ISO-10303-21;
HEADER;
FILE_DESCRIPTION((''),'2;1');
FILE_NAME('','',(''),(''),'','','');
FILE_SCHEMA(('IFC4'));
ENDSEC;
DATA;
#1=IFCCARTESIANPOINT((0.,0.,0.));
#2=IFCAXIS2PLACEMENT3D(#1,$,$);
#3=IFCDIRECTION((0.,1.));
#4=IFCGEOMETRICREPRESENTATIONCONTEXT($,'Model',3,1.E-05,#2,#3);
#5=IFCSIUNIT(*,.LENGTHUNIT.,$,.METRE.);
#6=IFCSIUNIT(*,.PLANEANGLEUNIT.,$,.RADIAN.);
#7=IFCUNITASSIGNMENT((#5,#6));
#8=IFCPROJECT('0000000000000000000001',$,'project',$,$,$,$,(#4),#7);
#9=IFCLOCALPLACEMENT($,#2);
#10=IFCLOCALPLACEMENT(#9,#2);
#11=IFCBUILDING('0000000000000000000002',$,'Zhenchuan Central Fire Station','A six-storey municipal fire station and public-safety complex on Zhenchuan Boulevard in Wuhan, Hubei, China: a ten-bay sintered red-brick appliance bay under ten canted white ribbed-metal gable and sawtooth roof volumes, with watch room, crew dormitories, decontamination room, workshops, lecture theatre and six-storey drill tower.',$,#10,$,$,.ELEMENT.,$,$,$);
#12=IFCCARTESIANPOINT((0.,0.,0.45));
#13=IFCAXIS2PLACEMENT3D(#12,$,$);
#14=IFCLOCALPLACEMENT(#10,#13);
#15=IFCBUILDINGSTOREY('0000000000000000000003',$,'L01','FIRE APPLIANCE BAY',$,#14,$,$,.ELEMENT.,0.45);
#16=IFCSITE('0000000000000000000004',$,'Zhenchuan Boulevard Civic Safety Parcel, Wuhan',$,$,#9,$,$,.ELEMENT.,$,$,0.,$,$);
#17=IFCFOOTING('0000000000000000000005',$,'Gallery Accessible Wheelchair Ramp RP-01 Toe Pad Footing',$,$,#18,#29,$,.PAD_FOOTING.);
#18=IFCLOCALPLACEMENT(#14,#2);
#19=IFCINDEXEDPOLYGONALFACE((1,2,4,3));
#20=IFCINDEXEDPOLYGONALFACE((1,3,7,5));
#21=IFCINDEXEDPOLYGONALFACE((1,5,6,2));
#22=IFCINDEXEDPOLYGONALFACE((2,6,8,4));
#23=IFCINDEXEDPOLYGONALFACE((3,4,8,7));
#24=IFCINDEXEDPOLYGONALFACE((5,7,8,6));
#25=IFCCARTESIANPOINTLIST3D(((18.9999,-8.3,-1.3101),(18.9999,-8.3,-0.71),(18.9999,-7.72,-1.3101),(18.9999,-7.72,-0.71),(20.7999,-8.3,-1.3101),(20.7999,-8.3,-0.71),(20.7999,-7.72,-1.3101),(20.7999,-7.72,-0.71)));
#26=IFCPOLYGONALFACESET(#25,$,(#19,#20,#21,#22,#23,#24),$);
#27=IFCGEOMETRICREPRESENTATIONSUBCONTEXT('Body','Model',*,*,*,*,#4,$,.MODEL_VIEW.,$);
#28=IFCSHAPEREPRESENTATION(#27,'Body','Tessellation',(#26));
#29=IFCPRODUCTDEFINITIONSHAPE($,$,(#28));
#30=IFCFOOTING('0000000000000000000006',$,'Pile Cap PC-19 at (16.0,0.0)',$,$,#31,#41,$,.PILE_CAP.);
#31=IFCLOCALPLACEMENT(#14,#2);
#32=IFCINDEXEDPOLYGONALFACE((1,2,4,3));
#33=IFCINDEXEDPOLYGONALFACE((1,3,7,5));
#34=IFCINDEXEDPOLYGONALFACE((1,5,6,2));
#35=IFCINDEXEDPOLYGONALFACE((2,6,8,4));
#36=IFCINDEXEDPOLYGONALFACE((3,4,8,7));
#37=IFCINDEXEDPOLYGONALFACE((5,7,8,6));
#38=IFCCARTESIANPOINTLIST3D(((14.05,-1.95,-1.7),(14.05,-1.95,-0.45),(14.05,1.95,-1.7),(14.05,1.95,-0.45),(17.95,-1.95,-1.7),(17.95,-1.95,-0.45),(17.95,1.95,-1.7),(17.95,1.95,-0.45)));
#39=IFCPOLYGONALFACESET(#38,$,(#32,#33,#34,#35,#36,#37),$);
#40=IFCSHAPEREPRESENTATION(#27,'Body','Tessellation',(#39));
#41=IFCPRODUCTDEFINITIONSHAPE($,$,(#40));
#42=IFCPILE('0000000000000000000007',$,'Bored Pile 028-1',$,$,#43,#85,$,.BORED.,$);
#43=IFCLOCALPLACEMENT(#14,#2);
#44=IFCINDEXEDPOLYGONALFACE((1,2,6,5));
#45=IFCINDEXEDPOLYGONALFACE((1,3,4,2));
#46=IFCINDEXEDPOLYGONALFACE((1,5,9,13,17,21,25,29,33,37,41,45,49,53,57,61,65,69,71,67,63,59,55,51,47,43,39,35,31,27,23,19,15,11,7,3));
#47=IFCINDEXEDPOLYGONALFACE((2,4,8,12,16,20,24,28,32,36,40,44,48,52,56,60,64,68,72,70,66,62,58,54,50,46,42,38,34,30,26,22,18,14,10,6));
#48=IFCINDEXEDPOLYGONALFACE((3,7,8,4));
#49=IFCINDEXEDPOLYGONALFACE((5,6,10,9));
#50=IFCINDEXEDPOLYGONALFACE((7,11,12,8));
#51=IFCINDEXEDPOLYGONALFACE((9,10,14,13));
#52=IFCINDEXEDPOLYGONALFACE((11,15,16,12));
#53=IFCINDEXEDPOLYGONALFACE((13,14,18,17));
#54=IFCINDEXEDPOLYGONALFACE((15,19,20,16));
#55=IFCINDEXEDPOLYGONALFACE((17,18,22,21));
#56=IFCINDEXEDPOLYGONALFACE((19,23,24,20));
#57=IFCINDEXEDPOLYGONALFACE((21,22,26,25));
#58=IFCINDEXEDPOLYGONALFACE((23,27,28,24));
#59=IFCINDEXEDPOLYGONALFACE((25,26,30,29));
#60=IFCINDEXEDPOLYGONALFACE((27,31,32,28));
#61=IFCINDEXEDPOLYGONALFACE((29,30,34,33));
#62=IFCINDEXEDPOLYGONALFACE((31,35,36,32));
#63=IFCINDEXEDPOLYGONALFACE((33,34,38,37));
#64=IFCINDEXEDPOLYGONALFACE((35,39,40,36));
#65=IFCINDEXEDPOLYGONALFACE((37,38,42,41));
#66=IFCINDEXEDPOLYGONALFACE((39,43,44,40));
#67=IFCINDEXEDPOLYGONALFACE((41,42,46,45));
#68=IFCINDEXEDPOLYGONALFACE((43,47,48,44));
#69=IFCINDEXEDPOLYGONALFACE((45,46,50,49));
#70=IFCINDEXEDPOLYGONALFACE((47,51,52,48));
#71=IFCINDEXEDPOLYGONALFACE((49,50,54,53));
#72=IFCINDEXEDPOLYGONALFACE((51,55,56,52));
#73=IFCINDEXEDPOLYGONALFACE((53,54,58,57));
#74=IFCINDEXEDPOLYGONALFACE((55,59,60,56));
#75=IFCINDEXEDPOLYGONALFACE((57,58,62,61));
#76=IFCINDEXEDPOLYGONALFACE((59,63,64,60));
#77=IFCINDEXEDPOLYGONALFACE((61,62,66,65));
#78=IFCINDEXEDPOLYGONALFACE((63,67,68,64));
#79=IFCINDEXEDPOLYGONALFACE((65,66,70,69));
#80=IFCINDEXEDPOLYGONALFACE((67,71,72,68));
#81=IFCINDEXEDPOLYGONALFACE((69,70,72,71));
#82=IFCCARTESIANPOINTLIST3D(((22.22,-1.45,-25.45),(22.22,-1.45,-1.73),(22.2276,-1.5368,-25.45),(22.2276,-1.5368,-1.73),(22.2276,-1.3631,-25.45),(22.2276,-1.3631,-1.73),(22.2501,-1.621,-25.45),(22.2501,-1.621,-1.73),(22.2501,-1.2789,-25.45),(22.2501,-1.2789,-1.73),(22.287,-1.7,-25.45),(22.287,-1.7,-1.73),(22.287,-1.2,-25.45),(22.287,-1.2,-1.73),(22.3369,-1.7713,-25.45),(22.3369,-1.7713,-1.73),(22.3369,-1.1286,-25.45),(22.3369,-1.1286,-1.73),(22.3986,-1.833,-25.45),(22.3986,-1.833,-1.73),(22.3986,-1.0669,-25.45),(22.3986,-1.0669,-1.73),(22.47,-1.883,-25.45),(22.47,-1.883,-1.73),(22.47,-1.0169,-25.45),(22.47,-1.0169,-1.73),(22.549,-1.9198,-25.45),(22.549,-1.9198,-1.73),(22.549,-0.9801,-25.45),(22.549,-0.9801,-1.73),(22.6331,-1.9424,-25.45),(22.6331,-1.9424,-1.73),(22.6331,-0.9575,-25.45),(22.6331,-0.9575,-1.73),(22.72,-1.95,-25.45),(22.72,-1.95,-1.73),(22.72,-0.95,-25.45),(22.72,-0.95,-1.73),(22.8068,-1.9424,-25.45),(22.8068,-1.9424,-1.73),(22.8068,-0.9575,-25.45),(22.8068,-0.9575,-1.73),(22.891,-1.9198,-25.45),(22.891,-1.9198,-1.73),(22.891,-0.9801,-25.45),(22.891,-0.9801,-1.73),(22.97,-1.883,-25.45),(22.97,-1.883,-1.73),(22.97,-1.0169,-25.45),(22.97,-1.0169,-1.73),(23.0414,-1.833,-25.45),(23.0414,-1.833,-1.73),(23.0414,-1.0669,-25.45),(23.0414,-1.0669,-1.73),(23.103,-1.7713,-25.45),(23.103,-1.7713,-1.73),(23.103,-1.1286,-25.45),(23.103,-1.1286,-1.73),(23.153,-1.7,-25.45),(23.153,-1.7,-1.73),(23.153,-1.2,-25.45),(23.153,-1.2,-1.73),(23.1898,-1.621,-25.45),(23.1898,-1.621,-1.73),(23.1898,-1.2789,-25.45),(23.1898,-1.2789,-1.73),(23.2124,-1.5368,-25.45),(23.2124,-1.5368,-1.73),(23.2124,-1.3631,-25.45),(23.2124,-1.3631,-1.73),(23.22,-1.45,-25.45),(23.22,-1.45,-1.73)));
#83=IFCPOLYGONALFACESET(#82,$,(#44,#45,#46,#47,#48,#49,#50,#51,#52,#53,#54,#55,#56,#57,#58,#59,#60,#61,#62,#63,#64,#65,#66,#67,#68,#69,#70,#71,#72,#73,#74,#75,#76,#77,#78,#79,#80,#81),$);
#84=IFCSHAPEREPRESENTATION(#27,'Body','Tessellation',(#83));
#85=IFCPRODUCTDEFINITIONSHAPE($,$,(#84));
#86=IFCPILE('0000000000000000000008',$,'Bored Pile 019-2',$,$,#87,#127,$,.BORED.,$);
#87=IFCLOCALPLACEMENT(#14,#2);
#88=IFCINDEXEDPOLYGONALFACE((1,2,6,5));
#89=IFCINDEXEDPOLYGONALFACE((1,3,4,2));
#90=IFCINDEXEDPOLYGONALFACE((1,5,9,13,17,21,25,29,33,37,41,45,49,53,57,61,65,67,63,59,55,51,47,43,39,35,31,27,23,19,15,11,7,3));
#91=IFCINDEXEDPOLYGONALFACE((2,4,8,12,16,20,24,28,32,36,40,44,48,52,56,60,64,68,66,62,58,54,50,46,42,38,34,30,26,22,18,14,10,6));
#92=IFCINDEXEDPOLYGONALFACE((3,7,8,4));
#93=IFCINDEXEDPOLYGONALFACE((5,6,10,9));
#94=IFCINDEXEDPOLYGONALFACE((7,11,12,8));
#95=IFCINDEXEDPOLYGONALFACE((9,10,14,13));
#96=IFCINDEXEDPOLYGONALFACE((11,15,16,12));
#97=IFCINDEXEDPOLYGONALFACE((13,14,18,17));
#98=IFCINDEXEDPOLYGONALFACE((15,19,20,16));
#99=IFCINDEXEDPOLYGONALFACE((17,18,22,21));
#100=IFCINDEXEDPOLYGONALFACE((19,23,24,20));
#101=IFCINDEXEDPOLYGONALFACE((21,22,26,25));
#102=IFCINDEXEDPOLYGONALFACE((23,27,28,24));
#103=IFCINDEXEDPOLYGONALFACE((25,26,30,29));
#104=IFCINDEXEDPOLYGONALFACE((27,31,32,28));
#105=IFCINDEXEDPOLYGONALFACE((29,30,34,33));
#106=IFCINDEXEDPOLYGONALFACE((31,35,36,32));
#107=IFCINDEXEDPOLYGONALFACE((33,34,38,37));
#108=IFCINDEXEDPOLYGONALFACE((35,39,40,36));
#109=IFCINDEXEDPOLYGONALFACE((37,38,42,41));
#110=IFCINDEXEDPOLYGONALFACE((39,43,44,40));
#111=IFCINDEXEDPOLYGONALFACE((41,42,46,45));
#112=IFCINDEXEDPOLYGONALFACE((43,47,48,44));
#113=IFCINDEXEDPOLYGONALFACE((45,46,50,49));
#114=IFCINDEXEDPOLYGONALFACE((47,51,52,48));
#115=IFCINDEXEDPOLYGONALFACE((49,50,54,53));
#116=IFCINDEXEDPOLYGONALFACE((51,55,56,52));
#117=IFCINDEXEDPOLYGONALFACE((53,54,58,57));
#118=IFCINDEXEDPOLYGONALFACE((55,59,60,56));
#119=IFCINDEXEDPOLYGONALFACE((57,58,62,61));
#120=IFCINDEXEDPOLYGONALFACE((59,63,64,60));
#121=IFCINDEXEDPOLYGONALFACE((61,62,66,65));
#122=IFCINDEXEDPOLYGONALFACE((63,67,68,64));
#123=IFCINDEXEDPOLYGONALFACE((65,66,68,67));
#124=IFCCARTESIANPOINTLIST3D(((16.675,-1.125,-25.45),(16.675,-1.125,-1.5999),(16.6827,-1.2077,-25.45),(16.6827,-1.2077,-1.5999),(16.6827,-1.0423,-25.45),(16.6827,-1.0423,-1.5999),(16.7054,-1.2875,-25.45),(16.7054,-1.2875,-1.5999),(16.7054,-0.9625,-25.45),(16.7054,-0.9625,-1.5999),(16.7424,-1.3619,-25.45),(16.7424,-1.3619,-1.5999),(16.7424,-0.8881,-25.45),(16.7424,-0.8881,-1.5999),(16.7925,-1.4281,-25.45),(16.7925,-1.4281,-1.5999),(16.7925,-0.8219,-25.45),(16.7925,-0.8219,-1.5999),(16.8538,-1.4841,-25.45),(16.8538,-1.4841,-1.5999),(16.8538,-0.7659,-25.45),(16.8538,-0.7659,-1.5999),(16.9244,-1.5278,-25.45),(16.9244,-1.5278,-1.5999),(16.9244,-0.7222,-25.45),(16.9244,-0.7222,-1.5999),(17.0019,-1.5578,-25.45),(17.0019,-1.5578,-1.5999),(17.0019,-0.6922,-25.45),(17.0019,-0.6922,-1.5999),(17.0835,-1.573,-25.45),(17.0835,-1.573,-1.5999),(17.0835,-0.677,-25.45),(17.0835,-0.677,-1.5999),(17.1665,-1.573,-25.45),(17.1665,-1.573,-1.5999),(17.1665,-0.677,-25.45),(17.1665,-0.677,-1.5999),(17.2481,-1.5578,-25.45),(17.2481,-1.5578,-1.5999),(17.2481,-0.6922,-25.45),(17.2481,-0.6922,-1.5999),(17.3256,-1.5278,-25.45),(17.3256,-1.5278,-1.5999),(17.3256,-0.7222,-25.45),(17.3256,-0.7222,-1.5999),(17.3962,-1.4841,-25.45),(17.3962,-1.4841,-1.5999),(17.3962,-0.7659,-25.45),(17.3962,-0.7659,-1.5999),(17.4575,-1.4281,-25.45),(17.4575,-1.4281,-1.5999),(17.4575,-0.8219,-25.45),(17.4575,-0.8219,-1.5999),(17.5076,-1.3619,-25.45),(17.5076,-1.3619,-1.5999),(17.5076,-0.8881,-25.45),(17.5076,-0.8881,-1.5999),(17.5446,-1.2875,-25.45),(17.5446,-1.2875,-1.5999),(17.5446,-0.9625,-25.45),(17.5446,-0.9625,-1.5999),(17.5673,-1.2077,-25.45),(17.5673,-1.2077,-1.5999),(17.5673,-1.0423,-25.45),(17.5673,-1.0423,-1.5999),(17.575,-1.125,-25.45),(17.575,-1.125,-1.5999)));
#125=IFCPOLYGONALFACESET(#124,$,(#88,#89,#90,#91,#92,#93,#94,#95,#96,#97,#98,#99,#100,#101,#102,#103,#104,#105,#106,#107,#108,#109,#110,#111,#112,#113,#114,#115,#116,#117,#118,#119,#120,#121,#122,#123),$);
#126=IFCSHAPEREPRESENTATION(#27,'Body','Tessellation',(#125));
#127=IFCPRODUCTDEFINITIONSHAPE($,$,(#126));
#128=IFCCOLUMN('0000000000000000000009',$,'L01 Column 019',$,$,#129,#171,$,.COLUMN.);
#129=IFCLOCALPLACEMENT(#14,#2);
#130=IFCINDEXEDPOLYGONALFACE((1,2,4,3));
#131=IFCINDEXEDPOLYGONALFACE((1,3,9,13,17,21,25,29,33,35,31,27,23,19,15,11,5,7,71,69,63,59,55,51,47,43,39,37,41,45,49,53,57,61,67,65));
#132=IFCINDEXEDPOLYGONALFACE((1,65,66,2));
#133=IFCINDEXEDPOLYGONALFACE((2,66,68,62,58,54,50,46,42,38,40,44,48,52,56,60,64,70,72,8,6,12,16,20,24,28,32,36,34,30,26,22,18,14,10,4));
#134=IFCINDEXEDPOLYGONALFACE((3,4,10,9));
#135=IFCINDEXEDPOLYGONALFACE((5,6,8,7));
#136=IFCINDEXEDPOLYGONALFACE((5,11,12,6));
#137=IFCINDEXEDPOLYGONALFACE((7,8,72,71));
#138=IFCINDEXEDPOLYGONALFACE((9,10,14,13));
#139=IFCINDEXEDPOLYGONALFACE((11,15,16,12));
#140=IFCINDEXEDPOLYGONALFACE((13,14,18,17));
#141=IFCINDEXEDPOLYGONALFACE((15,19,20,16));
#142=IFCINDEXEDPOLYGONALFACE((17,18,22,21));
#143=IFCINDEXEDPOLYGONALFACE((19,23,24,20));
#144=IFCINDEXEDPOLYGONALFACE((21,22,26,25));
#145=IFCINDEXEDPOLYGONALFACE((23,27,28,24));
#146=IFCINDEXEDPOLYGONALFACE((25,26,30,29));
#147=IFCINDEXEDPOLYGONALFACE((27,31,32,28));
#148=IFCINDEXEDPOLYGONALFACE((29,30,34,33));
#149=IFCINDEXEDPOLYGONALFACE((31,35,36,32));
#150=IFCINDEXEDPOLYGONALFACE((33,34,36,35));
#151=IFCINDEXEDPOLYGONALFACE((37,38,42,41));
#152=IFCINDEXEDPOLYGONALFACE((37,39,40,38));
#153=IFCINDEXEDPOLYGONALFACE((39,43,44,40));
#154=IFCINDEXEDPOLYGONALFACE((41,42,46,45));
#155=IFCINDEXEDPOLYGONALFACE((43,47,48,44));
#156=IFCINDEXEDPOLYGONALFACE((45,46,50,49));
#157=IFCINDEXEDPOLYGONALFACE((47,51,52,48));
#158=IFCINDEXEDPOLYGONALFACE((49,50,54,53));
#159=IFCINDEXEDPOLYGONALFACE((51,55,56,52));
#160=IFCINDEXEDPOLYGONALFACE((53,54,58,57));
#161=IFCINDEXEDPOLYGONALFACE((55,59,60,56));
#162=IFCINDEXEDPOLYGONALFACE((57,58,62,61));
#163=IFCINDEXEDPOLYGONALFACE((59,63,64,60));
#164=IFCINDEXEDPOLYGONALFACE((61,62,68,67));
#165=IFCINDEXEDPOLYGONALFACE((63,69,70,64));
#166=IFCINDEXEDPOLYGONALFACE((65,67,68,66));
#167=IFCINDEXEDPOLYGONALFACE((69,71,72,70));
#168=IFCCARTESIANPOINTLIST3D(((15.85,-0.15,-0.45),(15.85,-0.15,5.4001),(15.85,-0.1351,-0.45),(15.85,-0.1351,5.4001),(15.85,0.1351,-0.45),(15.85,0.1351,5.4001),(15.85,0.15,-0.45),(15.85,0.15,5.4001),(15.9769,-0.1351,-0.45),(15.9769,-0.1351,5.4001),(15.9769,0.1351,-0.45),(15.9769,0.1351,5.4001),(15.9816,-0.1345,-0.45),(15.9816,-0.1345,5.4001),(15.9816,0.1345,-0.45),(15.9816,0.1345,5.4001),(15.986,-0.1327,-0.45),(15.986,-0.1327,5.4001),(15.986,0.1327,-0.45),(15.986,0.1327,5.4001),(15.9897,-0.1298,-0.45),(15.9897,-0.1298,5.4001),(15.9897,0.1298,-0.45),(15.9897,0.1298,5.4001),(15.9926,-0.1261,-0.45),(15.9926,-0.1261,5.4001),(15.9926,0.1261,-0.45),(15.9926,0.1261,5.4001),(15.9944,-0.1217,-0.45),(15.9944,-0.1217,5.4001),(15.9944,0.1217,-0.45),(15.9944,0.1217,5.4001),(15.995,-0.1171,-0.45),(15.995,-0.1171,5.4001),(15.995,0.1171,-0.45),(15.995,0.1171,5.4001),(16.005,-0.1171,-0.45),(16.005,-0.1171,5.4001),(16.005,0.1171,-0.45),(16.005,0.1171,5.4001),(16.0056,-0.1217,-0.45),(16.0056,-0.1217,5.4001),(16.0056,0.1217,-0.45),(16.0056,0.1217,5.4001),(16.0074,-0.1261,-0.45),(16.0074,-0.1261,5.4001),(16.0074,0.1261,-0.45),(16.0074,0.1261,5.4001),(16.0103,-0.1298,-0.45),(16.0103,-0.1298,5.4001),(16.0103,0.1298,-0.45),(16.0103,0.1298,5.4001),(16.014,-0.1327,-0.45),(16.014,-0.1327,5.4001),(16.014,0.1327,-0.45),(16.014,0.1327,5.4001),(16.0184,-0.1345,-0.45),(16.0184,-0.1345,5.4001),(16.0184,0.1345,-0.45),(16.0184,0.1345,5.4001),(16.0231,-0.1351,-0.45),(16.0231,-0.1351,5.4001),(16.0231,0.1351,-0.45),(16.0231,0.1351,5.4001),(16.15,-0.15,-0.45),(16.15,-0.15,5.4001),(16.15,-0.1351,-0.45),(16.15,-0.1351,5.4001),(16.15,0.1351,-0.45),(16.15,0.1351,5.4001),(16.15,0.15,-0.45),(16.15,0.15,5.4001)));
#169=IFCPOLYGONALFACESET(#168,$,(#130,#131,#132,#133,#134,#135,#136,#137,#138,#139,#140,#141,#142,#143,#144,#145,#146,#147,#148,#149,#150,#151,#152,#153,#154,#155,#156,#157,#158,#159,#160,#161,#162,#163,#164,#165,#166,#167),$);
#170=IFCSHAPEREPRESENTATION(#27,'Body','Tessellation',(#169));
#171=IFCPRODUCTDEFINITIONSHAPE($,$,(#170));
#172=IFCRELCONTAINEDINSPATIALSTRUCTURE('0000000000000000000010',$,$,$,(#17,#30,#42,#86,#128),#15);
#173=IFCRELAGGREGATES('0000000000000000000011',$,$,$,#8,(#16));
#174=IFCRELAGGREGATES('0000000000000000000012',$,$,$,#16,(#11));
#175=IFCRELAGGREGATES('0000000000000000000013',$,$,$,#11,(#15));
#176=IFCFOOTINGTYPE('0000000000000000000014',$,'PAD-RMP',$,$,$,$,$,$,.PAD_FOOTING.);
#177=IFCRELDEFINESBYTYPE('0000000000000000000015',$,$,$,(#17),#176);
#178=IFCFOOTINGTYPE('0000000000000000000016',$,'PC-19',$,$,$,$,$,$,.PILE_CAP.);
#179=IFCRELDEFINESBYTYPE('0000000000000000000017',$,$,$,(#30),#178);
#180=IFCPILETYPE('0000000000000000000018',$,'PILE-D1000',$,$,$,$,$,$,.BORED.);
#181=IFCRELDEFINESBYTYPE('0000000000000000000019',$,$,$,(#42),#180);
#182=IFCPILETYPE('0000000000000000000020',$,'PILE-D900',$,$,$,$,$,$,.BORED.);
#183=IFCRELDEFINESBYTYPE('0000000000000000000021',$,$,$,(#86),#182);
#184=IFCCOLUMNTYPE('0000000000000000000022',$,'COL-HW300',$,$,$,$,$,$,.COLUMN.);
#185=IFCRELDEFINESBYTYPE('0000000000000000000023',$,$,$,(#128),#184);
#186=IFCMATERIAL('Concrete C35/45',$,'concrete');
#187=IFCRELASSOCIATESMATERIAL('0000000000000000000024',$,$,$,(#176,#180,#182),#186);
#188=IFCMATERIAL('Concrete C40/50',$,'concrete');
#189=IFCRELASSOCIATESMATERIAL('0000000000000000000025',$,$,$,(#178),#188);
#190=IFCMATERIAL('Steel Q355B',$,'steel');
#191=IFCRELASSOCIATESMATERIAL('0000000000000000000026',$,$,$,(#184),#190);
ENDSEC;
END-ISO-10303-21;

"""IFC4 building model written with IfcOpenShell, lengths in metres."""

from ifc_helpers import new_model, si_unit, direction, frame, origin, origin_2d, place, context, subcontext, project, spatial, rectangle, circle, i_section, extrude, material, material_profile, profile_set, type_object, element, save


model = new_model("IFC4")

# Units and contexts
model_context = context("Model", 3, precision=1e-05, world=origin(), true_north=direction((0.0, 1.0)))
body_context = subcontext(model_context, "Body", "Model", "MODEL_VIEW")
ifc_project = project(units=[si_unit("LENGTHUNIT", "METRE"), si_unit("PLANEANGLEUNIT", "RADIAN")], contexts=[model_context])

# Site, building, storey
site_placement = place(None, origin())
site = spatial("IfcSite", under=ifc_project, at=site_placement, Name="Zhenchuan Boulevard Civic Safety Parcel, Wuhan", CompositionType="ELEMENT", RefElevation=0.0)
building_placement = place(site_placement, origin())
building = spatial("IfcBuilding", under=site, at=building_placement, Name="Zhenchuan Central Fire Station", Description="A six-storey municipal fire station and public-safety complex on Zhenchuan Boulevard in Wuhan, Hubei, China: a ten-bay sintered red-brick appliance bay under ten canted white ribbed-metal gable and sawtooth roof volumes, with watch room, crew dormitories, decontamination room, workshops, lecture theatre and six-storey drill tower.", CompositionType="ELEMENT")
storey_placement = place(building_placement, frame((0.0, 0.0, 0.45)))
storey = spatial("IfcBuildingStorey", under=building, at=storey_placement, Name="L01", Description="FIRE APPLIANCE BAY", CompositionType="ELEMENT", Elevation=0.45)

# Footings
ifc_material_1 = material(Name="Concrete C35/45", Category="concrete")
footing_type_1 = type_object("IfcFootingType", Name="PAD-RMP", PredefinedType="PAD_FOOTING", material=ifc_material_1)
footing_1_placement = place(storey_placement, frame((19.8999, -8.01, -1.3101), z_axis=(0.0, 0.0, 1.0), x_axis=(1.0, 0.0, 0.0)))
element("IfcFooting", 1, at=footing_1_placement, inside=storey, type_object=footing_type_1, Name="Gallery Accessible Wheelchair Ramp RP-01 Toe Pad Footing", PredefinedType="PAD_FOOTING", context=body_context, shape_type="SweptSolid", body=[
    extrude(rectangle(XDim=1.8, YDim=0.5801, at=origin_2d()), origin(), (0.0, 0.0, 1.0), 0.6001),
])
ifc_material_2 = material(Name="Concrete C40/50", Category="concrete")
footing_type_2 = type_object("IfcFootingType", Name="PC-19", PredefinedType="PILE_CAP", material=ifc_material_2)
footing_2_placement = place(storey_placement, frame((16.0, 0.0, -1.7), z_axis=(0.0, 0.0, 1.0), x_axis=(1.0, 0.0, 0.0)))
element("IfcFooting", 2, at=footing_2_placement, inside=storey, type_object=footing_type_2, Name="Pile Cap PC-19 at (16.0,0.0)", PredefinedType="PILE_CAP", context=body_context, shape_type="SweptSolid", body=[
    extrude(rectangle(XDim=3.8999, YDim=3.8999, at=origin_2d()), origin(), (0.0, 0.0, 1.0), 1.25),
])

# Piles
ifc_material_profile_1 = material_profile(ifc_material_1, circle(Radius=0.5, at=origin_2d()), Name="PILE D1000")
ifc_profile_set_1 = profile_set([ifc_material_profile_1], Name="Concrete C35/45")
pile_type_1 = type_object("IfcPileType", Name="PILE-D1000", PredefinedType="BORED", material=ifc_profile_set_1)
pile_1_placement = place(storey_placement, frame((22.72, -1.45, -1.73), z_axis=(0.0, 0.0, -1.0), x_axis=(1.0, 0.0, 0.0)))
element("IfcPile", 3, at=pile_1_placement, inside=storey, type_object=pile_type_1, Name="Bored Pile 028-1", PredefinedType="BORED", context=body_context, shape_type="SweptSolid", body=[
    extrude(circle(Radius=0.5, at=origin_2d()), origin(), (0.0, 0.0, 1.0), 23.72),
])
ifc_material_profile_2 = material_profile(ifc_material_1, circle(Radius=0.45, at=origin_2d()), Name="PILE D900")
ifc_profile_set_2 = profile_set([ifc_material_profile_2], Name="Concrete C35/45")
pile_type_2 = type_object("IfcPileType", Name="PILE-D900", PredefinedType="BORED", material=ifc_profile_set_2)
pile_2_placement = place(storey_placement, frame((17.125, -1.125, -1.5999), z_axis=(0.0, 0.0, -1.0), x_axis=(1.0, 0.0, 0.0)))
element("IfcPile", 4, at=pile_2_placement, inside=storey, type_object=pile_type_2, Name="Bored Pile 019-2", PredefinedType="BORED", context=body_context, shape_type="SweptSolid", body=[
    extrude(circle(Radius=0.45, at=origin_2d()), origin(), (0.0, 0.0, 1.0), 23.8501),
])

# Column
ifc_material_3 = material(Name="Steel Q355B", Category="steel")
ifc_material_profile_3 = material_profile(ifc_material_3, i_section(OverallWidth=0.3, OverallDepth=0.3, WebThickness=0.01, FlangeThickness=0.0149, FilletRadius=0.0181, at=origin_2d()), Name="HW 300x300")
ifc_profile_set_3 = profile_set([ifc_material_profile_3], Name="Steel Q355B")
column_type = type_object("IfcColumnType", Name="COL-HW300", PredefinedType="COLUMN", material=ifc_profile_set_3)
column_placement = place(storey_placement, frame((16.0, 0.0, -0.45), z_axis=(0.0, 0.0, 1.0), x_axis=(1.0, 0.0, 0.0)))
element("IfcColumn", 5, at=column_placement, inside=storey, type_object=column_type, Name="L01 Column 019", PredefinedType="COLUMN", context=body_context, shape_type="SweptSolid", body=[
    extrude(i_section(OverallWidth=0.3, OverallDepth=0.3, WebThickness=0.01, FlangeThickness=0.0149, FilletRadius=0.0181, at=origin_2d()), origin(), (0.0, 0.0, 1.0), 5.8501),
])

save(model, "model.ifc")
